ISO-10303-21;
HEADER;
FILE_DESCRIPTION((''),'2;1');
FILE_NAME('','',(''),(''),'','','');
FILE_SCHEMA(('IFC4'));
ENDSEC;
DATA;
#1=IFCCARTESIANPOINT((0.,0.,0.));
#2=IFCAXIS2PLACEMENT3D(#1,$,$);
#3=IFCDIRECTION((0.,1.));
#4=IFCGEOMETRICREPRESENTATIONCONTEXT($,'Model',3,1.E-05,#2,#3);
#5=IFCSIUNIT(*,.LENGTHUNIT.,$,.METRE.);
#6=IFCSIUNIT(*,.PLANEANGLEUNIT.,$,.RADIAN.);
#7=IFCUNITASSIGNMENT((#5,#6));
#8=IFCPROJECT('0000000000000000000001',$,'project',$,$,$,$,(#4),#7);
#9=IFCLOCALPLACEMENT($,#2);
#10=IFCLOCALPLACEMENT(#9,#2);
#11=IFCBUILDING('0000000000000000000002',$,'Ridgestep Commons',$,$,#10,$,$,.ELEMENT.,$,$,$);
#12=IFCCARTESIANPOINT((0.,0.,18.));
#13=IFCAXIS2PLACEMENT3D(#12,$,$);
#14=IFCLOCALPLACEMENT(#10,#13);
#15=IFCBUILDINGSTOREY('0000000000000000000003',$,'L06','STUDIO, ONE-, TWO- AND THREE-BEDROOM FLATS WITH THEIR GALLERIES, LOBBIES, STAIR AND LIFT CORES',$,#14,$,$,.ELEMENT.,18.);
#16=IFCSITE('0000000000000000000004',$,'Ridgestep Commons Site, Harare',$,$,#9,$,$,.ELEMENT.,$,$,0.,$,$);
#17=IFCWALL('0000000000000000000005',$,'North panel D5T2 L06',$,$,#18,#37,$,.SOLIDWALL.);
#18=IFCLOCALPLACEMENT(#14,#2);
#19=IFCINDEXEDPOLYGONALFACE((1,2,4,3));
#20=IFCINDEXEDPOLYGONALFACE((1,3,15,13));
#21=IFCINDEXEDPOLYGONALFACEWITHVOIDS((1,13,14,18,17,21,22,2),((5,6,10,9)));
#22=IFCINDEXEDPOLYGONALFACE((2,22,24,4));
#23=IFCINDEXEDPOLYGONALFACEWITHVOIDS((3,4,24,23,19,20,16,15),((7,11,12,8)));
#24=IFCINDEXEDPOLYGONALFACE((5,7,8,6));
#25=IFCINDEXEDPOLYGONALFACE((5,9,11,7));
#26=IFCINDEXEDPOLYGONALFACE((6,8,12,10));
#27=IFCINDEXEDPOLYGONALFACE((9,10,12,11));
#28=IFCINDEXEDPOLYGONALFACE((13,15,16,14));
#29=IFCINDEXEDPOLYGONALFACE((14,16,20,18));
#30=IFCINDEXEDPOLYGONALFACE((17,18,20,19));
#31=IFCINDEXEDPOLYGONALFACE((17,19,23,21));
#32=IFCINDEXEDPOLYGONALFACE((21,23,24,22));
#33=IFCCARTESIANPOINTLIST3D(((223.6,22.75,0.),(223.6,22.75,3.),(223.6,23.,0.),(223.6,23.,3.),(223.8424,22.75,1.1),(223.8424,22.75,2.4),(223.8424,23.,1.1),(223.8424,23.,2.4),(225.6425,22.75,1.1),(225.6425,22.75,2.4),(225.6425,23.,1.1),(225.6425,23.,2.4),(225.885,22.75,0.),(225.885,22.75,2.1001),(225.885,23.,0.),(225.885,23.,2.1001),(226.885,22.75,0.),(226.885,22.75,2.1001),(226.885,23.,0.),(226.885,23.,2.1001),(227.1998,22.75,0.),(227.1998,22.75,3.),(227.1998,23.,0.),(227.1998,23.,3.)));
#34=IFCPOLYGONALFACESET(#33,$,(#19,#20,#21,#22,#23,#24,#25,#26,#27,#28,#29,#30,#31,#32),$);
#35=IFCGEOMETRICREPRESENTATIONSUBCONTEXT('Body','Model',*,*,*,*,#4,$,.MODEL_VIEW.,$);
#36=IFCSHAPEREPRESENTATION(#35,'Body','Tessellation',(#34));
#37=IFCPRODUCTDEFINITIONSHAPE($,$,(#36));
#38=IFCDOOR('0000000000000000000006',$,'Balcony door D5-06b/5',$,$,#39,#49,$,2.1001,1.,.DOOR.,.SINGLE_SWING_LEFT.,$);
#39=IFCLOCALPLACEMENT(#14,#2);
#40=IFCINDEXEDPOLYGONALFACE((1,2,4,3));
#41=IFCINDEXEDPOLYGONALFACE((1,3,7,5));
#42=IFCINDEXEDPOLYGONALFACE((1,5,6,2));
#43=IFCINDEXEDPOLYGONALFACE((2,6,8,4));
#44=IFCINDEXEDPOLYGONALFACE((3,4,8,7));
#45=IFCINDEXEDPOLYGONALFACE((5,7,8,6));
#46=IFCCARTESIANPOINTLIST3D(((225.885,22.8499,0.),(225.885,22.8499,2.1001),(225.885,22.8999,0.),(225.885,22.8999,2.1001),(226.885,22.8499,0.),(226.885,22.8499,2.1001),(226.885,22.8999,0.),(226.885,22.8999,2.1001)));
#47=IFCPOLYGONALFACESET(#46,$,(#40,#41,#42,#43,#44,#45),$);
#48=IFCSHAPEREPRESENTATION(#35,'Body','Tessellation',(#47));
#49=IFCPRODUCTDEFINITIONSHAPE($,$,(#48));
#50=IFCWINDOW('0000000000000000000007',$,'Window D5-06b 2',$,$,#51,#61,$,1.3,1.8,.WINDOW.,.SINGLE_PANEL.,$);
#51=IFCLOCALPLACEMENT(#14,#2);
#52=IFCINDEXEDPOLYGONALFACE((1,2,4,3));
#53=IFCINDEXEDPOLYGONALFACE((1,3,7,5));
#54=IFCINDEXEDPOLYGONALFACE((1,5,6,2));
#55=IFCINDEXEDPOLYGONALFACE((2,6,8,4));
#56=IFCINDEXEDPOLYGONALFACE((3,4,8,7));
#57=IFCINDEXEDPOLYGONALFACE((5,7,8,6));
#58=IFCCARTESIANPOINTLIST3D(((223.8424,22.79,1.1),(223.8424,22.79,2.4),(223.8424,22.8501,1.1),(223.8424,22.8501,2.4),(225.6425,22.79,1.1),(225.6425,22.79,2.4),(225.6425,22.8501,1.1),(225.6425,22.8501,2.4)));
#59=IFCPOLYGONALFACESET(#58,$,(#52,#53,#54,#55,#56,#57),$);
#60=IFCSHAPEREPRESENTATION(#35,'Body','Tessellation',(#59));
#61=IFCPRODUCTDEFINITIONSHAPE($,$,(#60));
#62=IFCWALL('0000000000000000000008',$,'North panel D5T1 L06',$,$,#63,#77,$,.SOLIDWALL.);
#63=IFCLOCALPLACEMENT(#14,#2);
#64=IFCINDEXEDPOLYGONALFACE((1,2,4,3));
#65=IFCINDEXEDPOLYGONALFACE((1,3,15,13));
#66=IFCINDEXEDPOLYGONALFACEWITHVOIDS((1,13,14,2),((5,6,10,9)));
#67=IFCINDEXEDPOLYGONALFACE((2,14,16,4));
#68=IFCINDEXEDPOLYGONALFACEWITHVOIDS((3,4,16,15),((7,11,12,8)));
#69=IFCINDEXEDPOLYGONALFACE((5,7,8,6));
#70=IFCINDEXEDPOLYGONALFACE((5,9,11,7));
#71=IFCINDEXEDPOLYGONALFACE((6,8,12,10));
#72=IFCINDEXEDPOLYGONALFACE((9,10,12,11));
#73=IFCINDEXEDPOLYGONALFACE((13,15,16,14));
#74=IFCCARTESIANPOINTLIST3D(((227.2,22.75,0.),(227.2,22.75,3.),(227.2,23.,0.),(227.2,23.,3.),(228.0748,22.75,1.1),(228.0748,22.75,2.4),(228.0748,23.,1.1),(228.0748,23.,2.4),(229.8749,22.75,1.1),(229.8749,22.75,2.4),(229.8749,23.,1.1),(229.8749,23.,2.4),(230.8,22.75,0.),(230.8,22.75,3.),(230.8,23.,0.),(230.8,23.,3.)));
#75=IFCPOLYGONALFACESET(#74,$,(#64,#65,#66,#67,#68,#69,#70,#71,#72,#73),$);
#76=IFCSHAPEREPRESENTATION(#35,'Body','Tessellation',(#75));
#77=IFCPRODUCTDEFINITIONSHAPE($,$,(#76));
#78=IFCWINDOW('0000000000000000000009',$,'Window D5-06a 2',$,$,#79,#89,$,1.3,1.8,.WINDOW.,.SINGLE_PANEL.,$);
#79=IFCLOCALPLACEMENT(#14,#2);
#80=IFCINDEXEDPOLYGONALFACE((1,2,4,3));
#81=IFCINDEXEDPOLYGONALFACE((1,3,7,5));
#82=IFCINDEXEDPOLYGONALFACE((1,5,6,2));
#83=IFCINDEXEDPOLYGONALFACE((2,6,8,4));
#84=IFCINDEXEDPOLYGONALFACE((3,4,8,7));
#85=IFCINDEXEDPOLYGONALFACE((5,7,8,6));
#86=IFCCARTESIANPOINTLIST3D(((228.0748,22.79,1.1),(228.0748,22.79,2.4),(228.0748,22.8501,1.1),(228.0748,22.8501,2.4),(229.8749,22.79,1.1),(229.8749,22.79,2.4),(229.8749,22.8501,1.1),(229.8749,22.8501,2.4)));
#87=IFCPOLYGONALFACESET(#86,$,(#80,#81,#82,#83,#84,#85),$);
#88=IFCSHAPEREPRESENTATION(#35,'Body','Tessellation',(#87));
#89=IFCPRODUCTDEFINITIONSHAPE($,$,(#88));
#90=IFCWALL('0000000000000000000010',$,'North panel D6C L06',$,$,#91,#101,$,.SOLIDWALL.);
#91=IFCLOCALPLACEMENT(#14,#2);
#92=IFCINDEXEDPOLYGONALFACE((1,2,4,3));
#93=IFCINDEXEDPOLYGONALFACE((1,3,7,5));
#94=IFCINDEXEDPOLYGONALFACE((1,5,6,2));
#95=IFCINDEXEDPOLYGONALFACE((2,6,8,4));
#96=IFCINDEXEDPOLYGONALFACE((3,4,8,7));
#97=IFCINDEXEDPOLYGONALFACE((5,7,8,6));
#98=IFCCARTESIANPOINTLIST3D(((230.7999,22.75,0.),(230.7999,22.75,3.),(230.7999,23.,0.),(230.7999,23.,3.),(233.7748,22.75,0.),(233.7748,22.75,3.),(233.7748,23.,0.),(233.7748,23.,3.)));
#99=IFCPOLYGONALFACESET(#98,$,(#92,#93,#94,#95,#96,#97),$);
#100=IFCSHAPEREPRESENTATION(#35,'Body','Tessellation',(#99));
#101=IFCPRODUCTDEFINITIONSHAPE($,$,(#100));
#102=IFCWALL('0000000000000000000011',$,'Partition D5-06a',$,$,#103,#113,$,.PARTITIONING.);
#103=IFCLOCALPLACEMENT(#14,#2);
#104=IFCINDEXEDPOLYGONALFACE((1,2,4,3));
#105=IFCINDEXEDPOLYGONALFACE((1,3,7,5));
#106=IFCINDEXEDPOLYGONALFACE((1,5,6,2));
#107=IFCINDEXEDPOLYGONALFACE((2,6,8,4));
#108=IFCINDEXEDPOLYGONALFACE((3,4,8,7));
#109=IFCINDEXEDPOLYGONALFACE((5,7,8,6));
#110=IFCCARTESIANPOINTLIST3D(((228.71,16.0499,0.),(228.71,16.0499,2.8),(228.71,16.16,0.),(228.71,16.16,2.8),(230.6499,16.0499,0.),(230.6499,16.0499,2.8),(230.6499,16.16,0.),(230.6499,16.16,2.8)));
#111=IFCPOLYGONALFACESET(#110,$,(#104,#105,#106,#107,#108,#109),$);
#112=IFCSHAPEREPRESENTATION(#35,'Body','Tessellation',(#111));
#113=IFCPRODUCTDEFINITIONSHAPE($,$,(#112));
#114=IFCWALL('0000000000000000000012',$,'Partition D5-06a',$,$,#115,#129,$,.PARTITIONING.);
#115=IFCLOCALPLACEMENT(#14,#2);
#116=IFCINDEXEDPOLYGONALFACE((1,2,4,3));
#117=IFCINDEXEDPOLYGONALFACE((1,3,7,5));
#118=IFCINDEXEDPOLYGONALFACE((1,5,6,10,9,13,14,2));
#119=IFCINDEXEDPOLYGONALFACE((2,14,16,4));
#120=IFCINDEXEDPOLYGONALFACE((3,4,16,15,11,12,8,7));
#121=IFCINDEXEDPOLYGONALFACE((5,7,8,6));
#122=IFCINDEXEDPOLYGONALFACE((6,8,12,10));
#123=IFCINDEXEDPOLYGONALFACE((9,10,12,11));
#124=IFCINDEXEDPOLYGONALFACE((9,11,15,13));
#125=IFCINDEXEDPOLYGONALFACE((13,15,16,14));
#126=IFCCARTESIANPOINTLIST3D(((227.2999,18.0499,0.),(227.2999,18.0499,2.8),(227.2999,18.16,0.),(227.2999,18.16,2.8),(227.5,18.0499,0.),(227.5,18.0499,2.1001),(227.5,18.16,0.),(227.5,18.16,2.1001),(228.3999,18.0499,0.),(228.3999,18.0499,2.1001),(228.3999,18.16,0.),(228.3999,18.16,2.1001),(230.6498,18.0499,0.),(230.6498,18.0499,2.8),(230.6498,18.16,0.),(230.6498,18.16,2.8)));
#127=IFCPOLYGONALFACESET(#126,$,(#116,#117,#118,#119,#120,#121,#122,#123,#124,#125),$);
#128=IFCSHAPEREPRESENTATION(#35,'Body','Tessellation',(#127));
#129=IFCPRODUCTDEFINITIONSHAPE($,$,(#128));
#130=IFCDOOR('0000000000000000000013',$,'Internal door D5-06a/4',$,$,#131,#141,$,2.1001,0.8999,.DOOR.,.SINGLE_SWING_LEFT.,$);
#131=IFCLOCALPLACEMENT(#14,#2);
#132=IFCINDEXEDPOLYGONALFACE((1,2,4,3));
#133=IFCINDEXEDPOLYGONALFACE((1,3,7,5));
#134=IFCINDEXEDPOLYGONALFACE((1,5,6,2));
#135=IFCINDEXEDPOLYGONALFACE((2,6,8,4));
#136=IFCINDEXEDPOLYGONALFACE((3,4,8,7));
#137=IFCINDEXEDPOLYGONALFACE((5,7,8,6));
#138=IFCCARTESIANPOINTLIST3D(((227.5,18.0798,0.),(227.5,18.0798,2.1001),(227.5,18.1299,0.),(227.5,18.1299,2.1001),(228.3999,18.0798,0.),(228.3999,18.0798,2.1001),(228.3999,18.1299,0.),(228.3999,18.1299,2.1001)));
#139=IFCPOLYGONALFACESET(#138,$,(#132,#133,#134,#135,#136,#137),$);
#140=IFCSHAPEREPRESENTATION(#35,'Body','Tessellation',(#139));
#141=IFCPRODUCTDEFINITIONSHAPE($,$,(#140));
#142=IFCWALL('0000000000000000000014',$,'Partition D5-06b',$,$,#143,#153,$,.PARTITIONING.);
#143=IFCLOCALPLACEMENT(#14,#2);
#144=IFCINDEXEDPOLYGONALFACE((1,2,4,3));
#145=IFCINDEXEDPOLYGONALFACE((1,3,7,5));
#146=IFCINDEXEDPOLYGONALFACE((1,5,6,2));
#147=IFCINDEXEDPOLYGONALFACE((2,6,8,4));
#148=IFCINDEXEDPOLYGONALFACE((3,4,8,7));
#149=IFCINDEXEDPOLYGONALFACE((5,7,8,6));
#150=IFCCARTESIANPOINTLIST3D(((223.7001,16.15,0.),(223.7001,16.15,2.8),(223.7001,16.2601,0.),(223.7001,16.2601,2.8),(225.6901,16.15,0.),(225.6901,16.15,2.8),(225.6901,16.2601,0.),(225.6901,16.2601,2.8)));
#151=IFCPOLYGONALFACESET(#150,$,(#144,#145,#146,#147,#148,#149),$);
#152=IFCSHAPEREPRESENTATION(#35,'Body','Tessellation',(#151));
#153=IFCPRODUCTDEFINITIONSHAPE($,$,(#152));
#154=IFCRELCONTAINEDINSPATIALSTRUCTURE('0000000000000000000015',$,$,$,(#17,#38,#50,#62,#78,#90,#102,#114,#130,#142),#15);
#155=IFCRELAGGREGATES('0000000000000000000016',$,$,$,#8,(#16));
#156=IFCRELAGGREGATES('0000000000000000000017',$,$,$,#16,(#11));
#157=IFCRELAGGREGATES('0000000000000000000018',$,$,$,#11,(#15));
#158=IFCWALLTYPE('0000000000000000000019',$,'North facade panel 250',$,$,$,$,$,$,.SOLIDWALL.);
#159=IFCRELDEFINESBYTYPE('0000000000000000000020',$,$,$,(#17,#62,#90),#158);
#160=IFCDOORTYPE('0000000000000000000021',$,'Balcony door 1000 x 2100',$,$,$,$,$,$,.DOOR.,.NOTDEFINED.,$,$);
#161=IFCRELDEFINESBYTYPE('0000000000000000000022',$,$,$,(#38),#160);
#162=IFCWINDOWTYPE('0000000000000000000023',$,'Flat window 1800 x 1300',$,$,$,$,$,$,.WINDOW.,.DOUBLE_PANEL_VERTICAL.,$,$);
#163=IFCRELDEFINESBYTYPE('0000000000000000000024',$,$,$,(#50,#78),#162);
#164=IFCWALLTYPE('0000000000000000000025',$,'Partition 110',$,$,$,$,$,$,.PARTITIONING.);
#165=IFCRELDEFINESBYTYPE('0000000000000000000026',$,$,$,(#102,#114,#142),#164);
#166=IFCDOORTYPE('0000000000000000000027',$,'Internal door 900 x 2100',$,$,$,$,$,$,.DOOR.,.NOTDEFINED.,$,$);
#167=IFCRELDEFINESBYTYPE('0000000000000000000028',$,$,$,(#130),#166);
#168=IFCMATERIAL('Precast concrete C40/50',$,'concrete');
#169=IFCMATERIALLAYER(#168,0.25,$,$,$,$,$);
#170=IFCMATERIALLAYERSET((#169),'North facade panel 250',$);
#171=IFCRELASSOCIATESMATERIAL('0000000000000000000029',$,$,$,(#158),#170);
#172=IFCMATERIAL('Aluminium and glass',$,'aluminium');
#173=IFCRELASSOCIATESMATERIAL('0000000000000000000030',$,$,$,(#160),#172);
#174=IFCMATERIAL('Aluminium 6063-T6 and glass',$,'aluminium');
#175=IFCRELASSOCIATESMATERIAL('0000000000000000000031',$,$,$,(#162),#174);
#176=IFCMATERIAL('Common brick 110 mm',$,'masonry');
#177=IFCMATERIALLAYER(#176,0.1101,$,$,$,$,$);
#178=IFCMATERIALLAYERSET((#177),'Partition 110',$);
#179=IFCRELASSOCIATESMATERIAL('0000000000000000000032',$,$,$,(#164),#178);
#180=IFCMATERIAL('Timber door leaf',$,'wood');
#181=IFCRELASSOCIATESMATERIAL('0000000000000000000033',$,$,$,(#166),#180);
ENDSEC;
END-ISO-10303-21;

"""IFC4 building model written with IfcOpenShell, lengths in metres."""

from ifc_helpers import new_model, si_unit, direction, frame, frame_2d, origin, place, context, subcontext, project, spatial, rectangle, extrude, material, layer, layer_set, type_object, element, fill, save


model = new_model("IFC4")

# Units and contexts
model_context = context("Model", 3, precision=1e-05, world=origin(), true_north=direction((0.0, 1.0)))
body_context = subcontext(model_context, "Body", "Model", "MODEL_VIEW")
ifc_project = project(units=[si_unit("LENGTHUNIT", "METRE"), si_unit("PLANEANGLEUNIT", "RADIAN")], contexts=[model_context])

# Site, building, storey
site_placement = place(None, origin())
site = spatial("IfcSite", under=ifc_project, at=site_placement, Name="Ridgestep Commons Site, Harare", CompositionType="ELEMENT", RefElevation=0.0)
building_placement = place(site_placement, origin())
building = spatial("IfcBuilding", under=site, at=building_placement, Name="Ridgestep Commons", CompositionType="ELEMENT")
storey_placement = place(building_placement, frame((0.0, 0.0, 18.0)))
storey = spatial("IfcBuildingStorey", under=building, at=storey_placement, Name="L06", Description="STUDIO, ONE-, TWO- AND THREE-BEDROOM FLATS WITH THEIR GALLERIES, LOBBIES, STAIR AND LIFT CORES", CompositionType="ELEMENT", Elevation=18.0)

# Wall, openings, door, window
ifc_material_1 = material(Name="Precast concrete C40/50", Category="concrete")
ifc_layer_1 = layer(ifc_material_1, 0.25)
ifc_layer_set_1 = layer_set([ifc_layer_1], Name="North facade panel 250")
wall_type_1 = type_object("IfcWallType", Name="North facade panel 250", PredefinedType="SOLIDWALL", material=ifc_layer_set_1)
wall_1_placement = place(storey_placement, frame((223.6001, 22.875, 0.0), z_axis=(0.0, 0.0, 1.0), x_axis=(1.0, 0.0, 0.0)))
wall_1 = element("IfcWall", 1, at=wall_1_placement, inside=storey, type_object=wall_type_1, Name="North panel D5T2 L06", PredefinedType="SOLIDWALL", context=body_context, shape_type="SweptSolid", body=[
    extrude(rectangle(XDim=3.5999, YDim=0.25, at=frame_2d((1.7998, 0.0))), origin(), (0.0, 0.0, 1.0), 3.0),
])
opening_1_placement = place(wall_1_placement, frame((0.2424, 0.0, 1.1001)))
opening_1 = element("IfcOpeningElement", 2, at=opening_1_placement, cuts=wall_1, PredefinedType="OPENING", context=body_context, shape_type="SweptSolid", body=[
    extrude(rectangle(XDim=1.8, YDim=1.3, at=frame_2d((0.8999, 0.6499))), frame((0.0, 0.135, 0.0), z_axis=(0.0, -1.0, 0.0), x_axis=(1.0, 0.0, 0.0)), (0.0, 0.0, 1.0), 0.27),
])
opening_2_placement = place(wall_1_placement, frame((2.2849, 0.0, 0.0)))
opening_2 = element("IfcOpeningElement", 3, at=opening_2_placement, cuts=wall_1, PredefinedType="OPENING", context=body_context, shape_type="SweptSolid", body=[
    extrude(rectangle(XDim=1.0, YDim=2.1001, at=frame_2d((0.5, 1.05))), frame((0.0, 0.135, 0.0), z_axis=(0.0, -1.0, 0.0), x_axis=(1.0, 0.0, 0.0)), (0.0, 0.0, 1.0), 0.27),
])
ifc_material_2 = material(Name="Aluminium and glass", Category="aluminium")
door_type_1 = type_object("IfcDoorType", Name="Balcony door 1000 x 2100", OperationType="NOTDEFINED", PredefinedType="DOOR", material=ifc_material_2)
door_1_placement = place(opening_2_placement, origin())
door_1 = element("IfcDoor", 4, at=door_1_placement, inside=storey, type_object=door_type_1, Name="Balcony door D5-06b/5", OperationType="SINGLE_SWING_LEFT", OverallHeight=2.1001, OverallWidth=1.0, PredefinedType="DOOR", context=body_context, shape_type="SweptSolid", body=[
    extrude(rectangle(XDim=1.0, YDim=2.1001, at=frame_2d((0.5, 1.05))), frame((0.0, 0.0249, 0.0), z_axis=(0.0, -1.0, 0.0), x_axis=(1.0, 0.0, 0.0)), (0.0, 0.0, 1.0), 0.05),
])
fill(opening_2, door_1)
ifc_material_3 = material(Name="Aluminium 6063-T6 and glass", Category="aluminium")
window_type = type_object("IfcWindowType", Name="Flat window 1800 x 1300", PartitioningType="DOUBLE_PANEL_VERTICAL", PredefinedType="WINDOW", material=ifc_material_3)
window_1_placement = place(opening_1_placement, origin())
window_1 = element("IfcWindow", 5, at=window_1_placement, inside=storey, type_object=window_type, Name="Window D5-06b 2", OverallHeight=1.3, OverallWidth=1.8, PartitioningType="SINGLE_PANEL", PredefinedType="WINDOW", context=body_context, shape_type="SweptSolid", body=[
    extrude(rectangle(XDim=1.8, YDim=1.3, at=frame_2d((0.8999, 0.6499))), frame((0.0, -0.0249, 0.0), z_axis=(0.0, -1.0, 0.0), x_axis=(1.0, 0.0, 0.0)), (0.0, 0.0, 1.0), 0.0601),
])
fill(opening_1, window_1)

# Wall, opening, window
wall_2_placement = place(storey_placement, frame((227.2, 22.875, 0.0), z_axis=(0.0, 0.0, 1.0), x_axis=(1.0, 0.0, 0.0)))
wall_2 = element("IfcWall", 6, at=wall_2_placement, inside=storey, type_object=wall_type_1, Name="North panel D5T1 L06", PredefinedType="SOLIDWALL", context=body_context, shape_type="SweptSolid", body=[
    extrude(rectangle(XDim=3.6001, YDim=0.25, at=frame_2d((1.8, 0.0))), origin(), (0.0, 0.0, 1.0), 3.0),
])
opening_3_placement = place(wall_2_placement, frame((0.875, 0.0, 1.1001)))
opening_3 = element("IfcOpeningElement", 7, at=opening_3_placement, cuts=wall_2, PredefinedType="OPENING", context=body_context, shape_type="SweptSolid", body=[
    extrude(rectangle(XDim=1.8, YDim=1.3, at=frame_2d((0.8999, 0.6499))), frame((0.0, 0.135, 0.0), z_axis=(0.0, -1.0, 0.0), x_axis=(1.0, 0.0, 0.0)), (0.0, 0.0, 1.0), 0.27),
])
window_2_placement = place(opening_3_placement, origin())
window_2 = element("IfcWindow", 8, at=window_2_placement, inside=storey, type_object=window_type, Name="Window D5-06a 2", OverallHeight=1.3, OverallWidth=1.8, PartitioningType="SINGLE_PANEL", PredefinedType="WINDOW", context=body_context, shape_type="SweptSolid", body=[
    extrude(rectangle(XDim=1.8, YDim=1.3, at=frame_2d((0.8999, 0.6499))), frame((0.0, -0.0249, 0.0), z_axis=(0.0, -1.0, 0.0), x_axis=(1.0, 0.0, 0.0)), (0.0, 0.0, 1.0), 0.0601),
])
fill(opening_3, window_2)

# Walls
wall_3_placement = place(storey_placement, frame((230.8, 22.875, 0.0), z_axis=(0.0, 0.0, 1.0), x_axis=(1.0, 0.0, 0.0)))
element("IfcWall", 9, at=wall_3_placement, inside=storey, type_object=wall_type_1, Name="North panel D6C L06", PredefinedType="SOLIDWALL", context=body_context, shape_type="SweptSolid", body=[
    extrude(rectangle(XDim=2.9749, YDim=0.25, at=frame_2d((1.4873, 0.0))), origin(), (0.0, 0.0, 1.0), 3.0),
])
ifc_material_4 = material(Name="Common brick 110 mm", Category="masonry")
ifc_layer_2 = layer(ifc_material_4, 0.1101)
ifc_layer_set_2 = layer_set([ifc_layer_2], Name="Partition 110")
wall_type_2 = type_object("IfcWallType", Name="Partition 110", PredefinedType="PARTITIONING", material=ifc_layer_set_2)
wall_4_placement = place(storey_placement, frame((228.71, 16.105, 0.0), z_axis=(0.0, 0.0, 1.0), x_axis=(1.0, 0.0, 0.0)))
element("IfcWall", 10, at=wall_4_placement, inside=storey, type_object=wall_type_2, Name="Partition D5-06a", PredefinedType="PARTITIONING", context=body_context, shape_type="SweptSolid", body=[
    extrude(rectangle(XDim=1.9399, YDim=0.1101, at=frame_2d((0.97, 0.0))), origin(), (0.0, 0.0, 1.0), 2.8),
])

# Wall, opening, door
wall_5_placement = place(storey_placement, frame((227.3, 18.105, 0.0), z_axis=(0.0, 0.0, 1.0), x_axis=(1.0, 0.0, 0.0)))
wall_5 = element("IfcWall", 11, at=wall_5_placement, inside=storey, type_object=wall_type_2, Name="Partition D5-06a", PredefinedType="PARTITIONING", context=body_context, shape_type="SweptSolid", body=[
    extrude(rectangle(XDim=3.3499, YDim=0.1101, at=frame_2d((1.6748, 0.0))), origin(), (0.0, 0.0, 1.0), 2.8),
])
opening_4_placement = place(wall_5_placement, frame((0.2, 0.0, 0.0)))
opening_4 = element("IfcOpeningElement", 12, at=opening_4_placement, cuts=wall_5, PredefinedType="OPENING", context=body_context, shape_type="SweptSolid", body=[
    extrude(rectangle(XDim=0.8999, YDim=2.1001, at=frame_2d((0.45, 1.05))), frame((0.0, 0.0649, 0.0), z_axis=(0.0, -1.0, 0.0), x_axis=(1.0, 0.0, 0.0)), (0.0, 0.0, 1.0), 0.1301),
])
ifc_material_5 = material(Name="Timber door leaf", Category="wood")
door_type_2 = type_object("IfcDoorType", Name="Internal door 900 x 2100", OperationType="NOTDEFINED", PredefinedType="DOOR", material=ifc_material_5)
door_2_placement = place(opening_4_placement, origin())
door_2 = element("IfcDoor", 13, at=door_2_placement, inside=storey, type_object=door_type_2, Name="Internal door D5-06a/4", OperationType="SINGLE_SWING_LEFT", OverallHeight=2.1001, OverallWidth=0.8999, PredefinedType="DOOR", context=body_context, shape_type="SweptSolid", body=[
    extrude(rectangle(XDim=0.8999, YDim=2.1001, at=frame_2d((0.45, 1.05))), frame((0.0, 0.0249, 0.0), z_axis=(0.0, -1.0, 0.0), x_axis=(1.0, 0.0, 0.0)), (0.0, 0.0, 1.0), 0.05),
])
fill(opening_4, door_2)

# Wall
wall_6_placement = place(storey_placement, frame((223.7, 16.2051, 0.0), z_axis=(0.0, 0.0, 1.0), x_axis=(1.0, 0.0, 0.0)))
element("IfcWall", 14, at=wall_6_placement, inside=storey, type_object=wall_type_2, Name="Partition D5-06b", PredefinedType="PARTITIONING", context=body_context, shape_type="SweptSolid", body=[
    extrude(rectangle(XDim=1.99, YDim=0.1101, at=frame_2d((0.9951, 0.0))), origin(), (0.0, 0.0, 1.0), 2.8),
])

save(model, "model.ifc")
